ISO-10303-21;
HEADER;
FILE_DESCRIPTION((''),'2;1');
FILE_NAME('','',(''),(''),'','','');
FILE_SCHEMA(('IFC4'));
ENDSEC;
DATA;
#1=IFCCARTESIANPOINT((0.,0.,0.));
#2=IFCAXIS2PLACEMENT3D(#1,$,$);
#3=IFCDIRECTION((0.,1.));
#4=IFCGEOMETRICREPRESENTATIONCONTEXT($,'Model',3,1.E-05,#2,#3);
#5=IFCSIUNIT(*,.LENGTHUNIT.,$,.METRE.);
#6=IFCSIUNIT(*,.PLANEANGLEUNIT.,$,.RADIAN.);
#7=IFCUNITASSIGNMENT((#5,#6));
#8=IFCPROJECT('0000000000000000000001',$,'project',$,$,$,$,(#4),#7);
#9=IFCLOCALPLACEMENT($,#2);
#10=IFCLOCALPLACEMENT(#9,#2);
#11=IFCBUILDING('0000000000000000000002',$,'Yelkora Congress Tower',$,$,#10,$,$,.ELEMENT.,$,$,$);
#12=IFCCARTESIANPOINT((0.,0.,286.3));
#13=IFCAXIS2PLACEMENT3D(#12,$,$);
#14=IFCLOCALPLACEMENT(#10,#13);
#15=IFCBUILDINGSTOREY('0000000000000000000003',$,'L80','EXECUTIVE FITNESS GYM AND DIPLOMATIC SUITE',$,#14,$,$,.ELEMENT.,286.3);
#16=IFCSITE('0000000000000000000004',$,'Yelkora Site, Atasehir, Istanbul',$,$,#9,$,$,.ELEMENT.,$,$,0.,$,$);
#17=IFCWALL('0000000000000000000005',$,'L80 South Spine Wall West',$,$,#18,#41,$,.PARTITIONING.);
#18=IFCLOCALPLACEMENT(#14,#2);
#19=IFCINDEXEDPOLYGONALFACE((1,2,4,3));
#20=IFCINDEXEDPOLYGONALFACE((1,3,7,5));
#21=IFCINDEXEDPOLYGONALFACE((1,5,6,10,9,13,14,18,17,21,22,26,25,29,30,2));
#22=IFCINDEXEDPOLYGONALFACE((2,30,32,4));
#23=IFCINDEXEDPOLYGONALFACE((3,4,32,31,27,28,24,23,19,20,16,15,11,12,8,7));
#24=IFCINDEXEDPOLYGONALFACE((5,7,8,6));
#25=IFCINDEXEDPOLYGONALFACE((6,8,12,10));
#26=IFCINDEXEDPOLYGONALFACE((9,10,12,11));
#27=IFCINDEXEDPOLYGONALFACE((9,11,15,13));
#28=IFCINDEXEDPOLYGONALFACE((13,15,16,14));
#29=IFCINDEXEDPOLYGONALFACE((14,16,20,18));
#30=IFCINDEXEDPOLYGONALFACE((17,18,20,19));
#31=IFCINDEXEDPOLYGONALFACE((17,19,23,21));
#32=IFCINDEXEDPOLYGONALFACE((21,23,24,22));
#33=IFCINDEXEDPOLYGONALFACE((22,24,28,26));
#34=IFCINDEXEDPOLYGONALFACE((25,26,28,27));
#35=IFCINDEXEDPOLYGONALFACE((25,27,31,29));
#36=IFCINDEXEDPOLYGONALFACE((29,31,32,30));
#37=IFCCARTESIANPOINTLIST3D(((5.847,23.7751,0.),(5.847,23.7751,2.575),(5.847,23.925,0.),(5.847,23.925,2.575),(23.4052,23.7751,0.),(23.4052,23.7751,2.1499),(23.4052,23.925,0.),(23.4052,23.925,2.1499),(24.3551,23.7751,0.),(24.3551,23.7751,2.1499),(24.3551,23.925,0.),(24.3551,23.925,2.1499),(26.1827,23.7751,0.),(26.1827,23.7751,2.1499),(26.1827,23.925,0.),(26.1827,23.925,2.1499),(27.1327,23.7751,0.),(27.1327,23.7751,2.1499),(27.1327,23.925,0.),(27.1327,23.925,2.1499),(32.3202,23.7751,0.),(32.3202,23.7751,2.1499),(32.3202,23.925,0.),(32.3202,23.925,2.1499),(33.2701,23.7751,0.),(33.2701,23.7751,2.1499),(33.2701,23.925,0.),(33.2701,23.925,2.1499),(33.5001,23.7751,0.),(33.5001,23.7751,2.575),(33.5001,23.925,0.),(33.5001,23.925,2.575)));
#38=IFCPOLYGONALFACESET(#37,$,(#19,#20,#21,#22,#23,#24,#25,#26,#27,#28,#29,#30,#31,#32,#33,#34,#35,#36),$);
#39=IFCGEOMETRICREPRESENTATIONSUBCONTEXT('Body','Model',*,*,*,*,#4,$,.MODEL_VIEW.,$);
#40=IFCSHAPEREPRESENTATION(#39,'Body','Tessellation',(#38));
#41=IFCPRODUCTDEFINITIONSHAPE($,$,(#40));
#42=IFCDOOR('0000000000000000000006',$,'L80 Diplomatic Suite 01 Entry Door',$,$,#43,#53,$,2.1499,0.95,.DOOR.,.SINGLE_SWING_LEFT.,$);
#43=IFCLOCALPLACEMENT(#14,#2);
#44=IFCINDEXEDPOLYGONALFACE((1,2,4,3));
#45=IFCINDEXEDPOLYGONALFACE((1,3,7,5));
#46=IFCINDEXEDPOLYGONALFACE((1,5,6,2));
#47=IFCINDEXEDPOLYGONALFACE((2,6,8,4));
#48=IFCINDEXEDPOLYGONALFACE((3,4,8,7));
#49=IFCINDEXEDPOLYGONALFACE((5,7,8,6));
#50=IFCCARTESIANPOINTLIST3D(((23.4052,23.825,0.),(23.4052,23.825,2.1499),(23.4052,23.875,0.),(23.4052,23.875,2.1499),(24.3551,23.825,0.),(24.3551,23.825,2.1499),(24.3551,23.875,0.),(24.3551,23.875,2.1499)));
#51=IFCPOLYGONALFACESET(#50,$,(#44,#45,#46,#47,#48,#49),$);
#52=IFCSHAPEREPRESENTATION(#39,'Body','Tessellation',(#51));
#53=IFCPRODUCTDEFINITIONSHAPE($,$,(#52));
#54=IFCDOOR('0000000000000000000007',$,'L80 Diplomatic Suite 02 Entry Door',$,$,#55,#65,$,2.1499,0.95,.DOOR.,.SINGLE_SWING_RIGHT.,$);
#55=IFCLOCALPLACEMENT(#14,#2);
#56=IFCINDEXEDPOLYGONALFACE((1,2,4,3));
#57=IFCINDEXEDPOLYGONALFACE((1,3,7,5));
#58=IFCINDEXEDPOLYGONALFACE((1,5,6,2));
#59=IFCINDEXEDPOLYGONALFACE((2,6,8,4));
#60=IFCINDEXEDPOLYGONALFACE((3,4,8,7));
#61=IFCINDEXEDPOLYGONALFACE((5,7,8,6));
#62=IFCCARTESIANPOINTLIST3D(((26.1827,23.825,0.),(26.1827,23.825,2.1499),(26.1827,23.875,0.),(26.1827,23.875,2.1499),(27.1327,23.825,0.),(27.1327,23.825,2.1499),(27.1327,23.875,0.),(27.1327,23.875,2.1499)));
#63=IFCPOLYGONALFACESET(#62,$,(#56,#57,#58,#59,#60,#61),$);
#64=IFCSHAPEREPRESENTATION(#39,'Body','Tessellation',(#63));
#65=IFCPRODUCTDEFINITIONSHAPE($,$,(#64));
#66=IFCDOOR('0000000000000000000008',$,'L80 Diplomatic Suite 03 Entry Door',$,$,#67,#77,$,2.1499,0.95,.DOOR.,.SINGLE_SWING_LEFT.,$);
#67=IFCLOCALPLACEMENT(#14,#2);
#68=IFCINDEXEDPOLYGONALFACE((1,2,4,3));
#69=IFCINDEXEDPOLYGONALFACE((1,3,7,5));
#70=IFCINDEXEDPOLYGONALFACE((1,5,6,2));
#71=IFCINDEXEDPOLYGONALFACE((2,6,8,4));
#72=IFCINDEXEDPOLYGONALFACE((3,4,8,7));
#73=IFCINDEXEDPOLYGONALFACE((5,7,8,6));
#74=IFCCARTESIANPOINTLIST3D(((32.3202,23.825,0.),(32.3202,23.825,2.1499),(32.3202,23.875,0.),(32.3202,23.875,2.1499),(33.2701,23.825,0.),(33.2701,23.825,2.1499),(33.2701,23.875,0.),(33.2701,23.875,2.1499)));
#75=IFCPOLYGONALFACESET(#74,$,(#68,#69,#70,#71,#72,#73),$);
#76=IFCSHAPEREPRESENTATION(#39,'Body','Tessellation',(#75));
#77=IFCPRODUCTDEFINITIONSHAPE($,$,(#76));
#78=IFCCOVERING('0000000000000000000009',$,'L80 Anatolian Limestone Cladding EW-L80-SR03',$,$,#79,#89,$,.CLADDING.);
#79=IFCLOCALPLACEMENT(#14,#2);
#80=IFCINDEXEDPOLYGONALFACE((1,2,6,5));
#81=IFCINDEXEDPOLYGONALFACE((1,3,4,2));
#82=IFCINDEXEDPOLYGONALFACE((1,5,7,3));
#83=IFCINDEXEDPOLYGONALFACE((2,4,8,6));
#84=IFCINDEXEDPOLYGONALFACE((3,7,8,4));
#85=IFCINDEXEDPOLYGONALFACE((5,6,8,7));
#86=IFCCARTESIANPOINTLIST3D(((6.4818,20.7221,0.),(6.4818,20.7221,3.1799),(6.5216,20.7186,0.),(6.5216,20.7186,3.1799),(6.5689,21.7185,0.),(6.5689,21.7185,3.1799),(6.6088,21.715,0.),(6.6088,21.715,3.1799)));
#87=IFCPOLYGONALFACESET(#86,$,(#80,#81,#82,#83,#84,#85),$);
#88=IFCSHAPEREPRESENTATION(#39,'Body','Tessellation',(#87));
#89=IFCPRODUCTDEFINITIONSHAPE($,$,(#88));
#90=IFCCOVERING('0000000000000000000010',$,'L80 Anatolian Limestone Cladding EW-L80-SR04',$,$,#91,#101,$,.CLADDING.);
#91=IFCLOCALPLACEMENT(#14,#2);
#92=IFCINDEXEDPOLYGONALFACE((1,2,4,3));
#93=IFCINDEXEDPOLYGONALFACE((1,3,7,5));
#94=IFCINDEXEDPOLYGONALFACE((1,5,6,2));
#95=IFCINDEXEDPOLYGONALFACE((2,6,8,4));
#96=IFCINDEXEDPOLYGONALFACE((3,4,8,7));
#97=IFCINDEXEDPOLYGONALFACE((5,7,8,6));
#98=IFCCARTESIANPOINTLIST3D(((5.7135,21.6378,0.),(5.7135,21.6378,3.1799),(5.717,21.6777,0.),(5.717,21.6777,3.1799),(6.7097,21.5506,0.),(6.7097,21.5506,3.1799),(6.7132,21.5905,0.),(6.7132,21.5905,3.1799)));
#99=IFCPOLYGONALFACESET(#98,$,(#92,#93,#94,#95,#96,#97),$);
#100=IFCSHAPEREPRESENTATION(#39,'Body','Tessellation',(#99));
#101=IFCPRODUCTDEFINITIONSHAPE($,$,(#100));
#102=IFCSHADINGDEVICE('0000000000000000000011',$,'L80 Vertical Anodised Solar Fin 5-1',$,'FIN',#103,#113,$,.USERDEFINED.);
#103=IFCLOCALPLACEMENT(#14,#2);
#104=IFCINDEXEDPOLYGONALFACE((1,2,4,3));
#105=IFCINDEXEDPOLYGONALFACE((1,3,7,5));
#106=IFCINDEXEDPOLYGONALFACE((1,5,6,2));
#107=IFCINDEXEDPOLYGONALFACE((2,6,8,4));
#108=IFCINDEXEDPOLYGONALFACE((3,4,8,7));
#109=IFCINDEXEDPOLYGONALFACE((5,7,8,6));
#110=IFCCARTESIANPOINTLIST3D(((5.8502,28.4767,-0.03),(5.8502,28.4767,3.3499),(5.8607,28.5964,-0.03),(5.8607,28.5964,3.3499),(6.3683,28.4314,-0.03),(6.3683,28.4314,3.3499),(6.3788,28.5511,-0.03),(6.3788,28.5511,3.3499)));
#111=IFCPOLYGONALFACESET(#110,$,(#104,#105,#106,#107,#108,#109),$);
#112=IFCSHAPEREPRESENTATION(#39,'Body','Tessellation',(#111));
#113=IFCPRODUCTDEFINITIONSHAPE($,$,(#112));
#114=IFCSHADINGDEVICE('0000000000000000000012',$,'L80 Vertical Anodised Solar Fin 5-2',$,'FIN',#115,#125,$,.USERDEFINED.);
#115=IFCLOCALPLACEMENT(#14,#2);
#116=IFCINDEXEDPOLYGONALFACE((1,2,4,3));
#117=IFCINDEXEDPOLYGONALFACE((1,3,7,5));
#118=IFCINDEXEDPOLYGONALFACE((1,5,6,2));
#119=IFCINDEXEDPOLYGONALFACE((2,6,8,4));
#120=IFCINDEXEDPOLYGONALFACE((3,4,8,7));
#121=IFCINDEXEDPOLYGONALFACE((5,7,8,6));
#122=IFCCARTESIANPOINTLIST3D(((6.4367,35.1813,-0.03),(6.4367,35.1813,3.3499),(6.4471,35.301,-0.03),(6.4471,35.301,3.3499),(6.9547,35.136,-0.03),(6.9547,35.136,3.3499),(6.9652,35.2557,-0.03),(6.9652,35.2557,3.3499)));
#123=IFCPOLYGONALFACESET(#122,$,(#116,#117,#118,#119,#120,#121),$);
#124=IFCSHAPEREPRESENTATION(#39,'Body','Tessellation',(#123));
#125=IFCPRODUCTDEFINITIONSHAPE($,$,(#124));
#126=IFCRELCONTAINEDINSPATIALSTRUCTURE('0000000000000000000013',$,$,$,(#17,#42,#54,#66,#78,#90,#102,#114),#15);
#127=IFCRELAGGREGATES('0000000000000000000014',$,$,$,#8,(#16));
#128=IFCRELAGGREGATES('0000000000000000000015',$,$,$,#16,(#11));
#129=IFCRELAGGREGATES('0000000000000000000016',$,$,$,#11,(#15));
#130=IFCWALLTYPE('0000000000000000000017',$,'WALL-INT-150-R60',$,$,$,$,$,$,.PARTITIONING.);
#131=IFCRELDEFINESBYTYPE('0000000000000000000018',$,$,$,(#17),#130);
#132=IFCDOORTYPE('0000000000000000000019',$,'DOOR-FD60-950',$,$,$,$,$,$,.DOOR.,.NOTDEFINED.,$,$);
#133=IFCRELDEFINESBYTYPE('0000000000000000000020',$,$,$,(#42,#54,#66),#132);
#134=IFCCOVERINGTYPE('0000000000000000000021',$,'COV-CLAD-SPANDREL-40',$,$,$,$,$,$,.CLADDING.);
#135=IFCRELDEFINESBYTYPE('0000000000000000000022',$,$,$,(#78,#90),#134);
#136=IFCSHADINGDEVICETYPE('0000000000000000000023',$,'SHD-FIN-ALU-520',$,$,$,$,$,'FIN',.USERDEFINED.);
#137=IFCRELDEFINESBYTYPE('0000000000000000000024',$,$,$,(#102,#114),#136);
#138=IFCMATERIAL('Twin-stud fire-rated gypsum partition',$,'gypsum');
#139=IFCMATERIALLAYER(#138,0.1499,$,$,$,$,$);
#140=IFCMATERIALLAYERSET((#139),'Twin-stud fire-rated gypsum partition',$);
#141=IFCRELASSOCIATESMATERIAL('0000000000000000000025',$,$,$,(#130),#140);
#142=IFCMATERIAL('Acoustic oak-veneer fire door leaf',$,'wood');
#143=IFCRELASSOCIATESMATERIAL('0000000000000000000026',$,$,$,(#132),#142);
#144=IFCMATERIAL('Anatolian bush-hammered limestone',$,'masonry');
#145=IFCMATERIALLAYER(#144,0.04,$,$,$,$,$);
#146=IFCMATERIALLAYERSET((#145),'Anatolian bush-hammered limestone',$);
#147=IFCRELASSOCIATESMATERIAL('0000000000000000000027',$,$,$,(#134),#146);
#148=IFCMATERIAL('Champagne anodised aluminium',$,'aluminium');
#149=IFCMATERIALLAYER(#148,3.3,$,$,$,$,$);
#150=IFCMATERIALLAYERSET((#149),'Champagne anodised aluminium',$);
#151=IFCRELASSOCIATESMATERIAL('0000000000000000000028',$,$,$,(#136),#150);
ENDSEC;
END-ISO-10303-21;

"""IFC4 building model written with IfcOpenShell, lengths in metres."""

from ifc_helpers import new_model, si_unit, direction, frame, frame_2d, origin, origin_2d, place, context, subcontext, project, spatial, rectangle, extrude, material, layer, layer_set, type_object, element, fill, save


model = new_model("IFC4")

# Units and contexts
model_context = context("Model", 3, precision=1e-05, world=origin(), true_north=direction((0.0, 1.0)))
body_context = subcontext(model_context, "Body", "Model", "MODEL_VIEW")
ifc_project = project(units=[si_unit("LENGTHUNIT", "METRE"), si_unit("PLANEANGLEUNIT", "RADIAN")], contexts=[model_context])

# Site, building, storey
site_placement = place(None, origin())
site = spatial("IfcSite", under=ifc_project, at=site_placement, Name="Yelkora Site, Atasehir, Istanbul", CompositionType="ELEMENT", RefElevation=0.0)
building_placement = place(site_placement, origin())
building = spatial("IfcBuilding", under=site, at=building_placement, Name="Yelkora Congress Tower", CompositionType="ELEMENT")
storey_placement = place(building_placement, frame((0.0, 0.0, 286.3)))
storey = spatial("IfcBuildingStorey", under=building, at=storey_placement, Name="L80", Description="EXECUTIVE FITNESS GYM AND DIPLOMATIC SUITE", CompositionType="ELEMENT", Elevation=286.3)

# Wall, openings, doors
ifc_material_1 = material(Name="Twin-stud fire-rated gypsum partition", Category="gypsum")
ifc_layer_1 = layer(ifc_material_1, 0.1499)
ifc_layer_set_1 = layer_set([ifc_layer_1], Name="Twin-stud fire-rated gypsum partition")
wall_type_1 = type_object("IfcWallType", Name="WALL-INT-150-R60", PredefinedType="PARTITIONING", material=ifc_layer_set_1)
wall_placement = place(storey_placement, frame((5.8469, 23.8501, 0.0), z_axis=(0.0, 0.0, 1.0), x_axis=(1.0, 0.0, 0.0)))
wall = element("IfcWall", 1, at=wall_placement, inside=storey, type_object=wall_type_1, Name="L80 South Spine Wall West", PredefinedType="PARTITIONING", context=body_context, shape_type="SweptSolid", body=[
    extrude(rectangle(XDim=27.6531, YDim=0.1499, at=frame_2d((13.8267, 0.0))), origin(), (0.0, 0.0, 1.0), 2.575),
])
opening_1_placement = place(wall_placement, frame((17.5581, 0.0, 0.0)))
opening_1 = element("IfcOpeningElement", 2, at=opening_1_placement, cuts=wall, PredefinedType="OPENING", context=body_context, shape_type="SweptSolid", body=[
    extrude(rectangle(XDim=0.95, YDim=2.1499, at=frame_2d((0.4751, 1.075))), frame((0.0, 0.085, 0.0), z_axis=(0.0, -1.0, 0.0), x_axis=(1.0, 0.0, 0.0)), (0.0, 0.0, 1.0), 0.1699),
])
opening_2_placement = place(wall_placement, frame((20.3357, 0.0, 0.0)))
opening_2 = element("IfcOpeningElement", 3, at=opening_2_placement, cuts=wall, PredefinedType="OPENING", context=body_context, shape_type="SweptSolid", body=[
    extrude(rectangle(XDim=0.95, YDim=2.1499, at=frame_2d((0.4751, 1.075))), frame((0.0, 0.085, 0.0), z_axis=(0.0, -1.0, 0.0), x_axis=(1.0, 0.0, 0.0)), (0.0, 0.0, 1.0), 0.1699),
])
opening_3_placement = place(wall_placement, frame((26.4731, 0.0, 0.0)))
opening_3 = element("IfcOpeningElement", 4, at=opening_3_placement, cuts=wall, PredefinedType="OPENING", context=body_context, shape_type="SweptSolid", body=[
    extrude(rectangle(XDim=0.95, YDim=2.1499, at=frame_2d((0.4751, 1.075))), frame((0.0, 0.085, 0.0), z_axis=(0.0, -1.0, 0.0), x_axis=(1.0, 0.0, 0.0)), (0.0, 0.0, 1.0), 0.1699),
])
ifc_material_2 = material(Name="Acoustic oak-veneer fire door leaf", Category="wood")
door_type = type_object("IfcDoorType", Name="DOOR-FD60-950", OperationType="NOTDEFINED", PredefinedType="DOOR", material=ifc_material_2)
door_1_placement = place(opening_1_placement, origin())
door_1 = element("IfcDoor", 5, at=door_1_placement, inside=storey, type_object=door_type, Name="L80 Diplomatic Suite 01 Entry Door", OperationType="SINGLE_SWING_LEFT", OverallHeight=2.1499, OverallWidth=0.95, PredefinedType="DOOR", context=body_context, shape_type="SweptSolid", body=[
    extrude(rectangle(XDim=0.95, YDim=2.1499, at=frame_2d((0.4751, 1.075))), frame((0.0, 0.0249, 0.0), z_axis=(0.0, -1.0, 0.0), x_axis=(1.0, 0.0, 0.0)), (0.0, 0.0, 1.0), 0.05),
])
fill(opening_1, door_1)
door_2_placement = place(opening_2_placement, origin())
door_2 = element("IfcDoor", 6, at=door_2_placement, inside=storey, type_object=door_type, Name="L80 Diplomatic Suite 02 Entry Door", OperationType="SINGLE_SWING_RIGHT", OverallHeight=2.1499, OverallWidth=0.95, PredefinedType="DOOR", context=body_context, shape_type="SweptSolid", body=[
    extrude(rectangle(XDim=0.95, YDim=2.1499, at=frame_2d((0.4751, 1.075))), frame((0.0, 0.0249, 0.0), z_axis=(0.0, -1.0, 0.0), x_axis=(1.0, 0.0, 0.0)), (0.0, 0.0, 1.0), 0.05),
])
fill(opening_2, door_2)
door_3_placement = place(opening_3_placement, origin())
door_3 = element("IfcDoor", 7, at=door_3_placement, inside=storey, type_object=door_type, Name="L80 Diplomatic Suite 03 Entry Door", OperationType="SINGLE_SWING_LEFT", OverallHeight=2.1499, OverallWidth=0.95, PredefinedType="DOOR", context=body_context, shape_type="SweptSolid", body=[
    extrude(rectangle(XDim=0.95, YDim=2.1499, at=frame_2d((0.4751, 1.075))), frame((0.0, 0.0249, 0.0), z_axis=(0.0, -1.0, 0.0), x_axis=(1.0, 0.0, 0.0)), (0.0, 0.0, 1.0), 0.05),
])
fill(opening_3, door_3)

# Coverings
ifc_material_3 = material(Name="Anatolian bush-hammered limestone", Category="masonry")
ifc_layer_2 = layer(ifc_material_3, 0.04)
ifc_layer_set_2 = layer_set([ifc_layer_2], Name="Anatolian bush-hammered limestone")
covering_type = type_object("IfcCoveringType", Name="COV-CLAD-SPANDREL-40", PredefinedType="CLADDING", material=ifc_layer_set_2)
covering_1_placement = place(storey_placement, frame((6.5017, 20.7205, 0.0), z_axis=(0.0, 0.0, 1.0), x_axis=(0.087146, 0.996196, 0.0)))
element("IfcCovering", 8, at=covering_1_placement, inside=storey, type_object=covering_type, Name="L80 Anatolian Limestone Cladding EW-L80-SR03", PredefinedType="CLADDING", context=body_context, shape_type="SweptSolid", body=[
    extrude(rectangle(XDim=1.0002, YDim=0.04, at=frame_2d((0.5, 0.0))), origin(), (0.0, 0.0, 1.0), 3.1799),
])
covering_2_placement = place(storey_placement, frame((6.7114, 21.5706, 0.0), z_axis=(0.0, 0.0, 1.0), x_axis=(-0.996194, 0.087167, 0.0)))
element("IfcCovering", 9, at=covering_2_placement, inside=storey, type_object=covering_type, Name="L80 Anatolian Limestone Cladding EW-L80-SR04", PredefinedType="CLADDING", context=body_context, shape_type="SweptSolid", body=[
    extrude(rectangle(XDim=1.0, YDim=0.04, at=frame_2d((0.5, 0.0))), origin(), (0.0, 0.0, 1.0), 3.1799),
])

# Shading devices
ifc_material_4 = material(Name="Champagne anodised aluminium", Category="aluminium")
ifc_layer_3 = layer(ifc_material_4, 3.3)
ifc_layer_set_3 = layer_set([ifc_layer_3], Name="Champagne anodised aluminium")
shading_device_type = type_object("IfcShadingDeviceType", Name="SHD-FIN-ALU-520", ElementType="FIN", PredefinedType="USERDEFINED", material=ifc_layer_set_3)
for number, where, z_axis, x_axis, name in (
    (10, (6.1145, 28.5139, -0.03), (0.0, 0.0, 1.0), (0.087156, 0.996195, 0.0), "L80 Vertical Anodised Solar Fin 5-1"),
    (11, (6.7009, 35.2185, -0.03), (0.0, 0.0, 1.0), (0.087156, 0.996195, 0.0), "L80 Vertical Anodised Solar Fin 5-2"),
):
    element("IfcShadingDevice", number, at=place(storey_placement, frame(where, z_axis=z_axis, x_axis=x_axis)), inside=storey, type_object=shading_device_type, Name=name, ObjectType="FIN", PredefinedType="USERDEFINED", context=body_context, shape_type="SweptSolid", body=[
        extrude(rectangle(XDim=0.1201, YDim=0.52, at=origin_2d()), origin(), (0.0, 0.0, 1.0), 3.3799),
    ])

save(model, "model.ifc")
